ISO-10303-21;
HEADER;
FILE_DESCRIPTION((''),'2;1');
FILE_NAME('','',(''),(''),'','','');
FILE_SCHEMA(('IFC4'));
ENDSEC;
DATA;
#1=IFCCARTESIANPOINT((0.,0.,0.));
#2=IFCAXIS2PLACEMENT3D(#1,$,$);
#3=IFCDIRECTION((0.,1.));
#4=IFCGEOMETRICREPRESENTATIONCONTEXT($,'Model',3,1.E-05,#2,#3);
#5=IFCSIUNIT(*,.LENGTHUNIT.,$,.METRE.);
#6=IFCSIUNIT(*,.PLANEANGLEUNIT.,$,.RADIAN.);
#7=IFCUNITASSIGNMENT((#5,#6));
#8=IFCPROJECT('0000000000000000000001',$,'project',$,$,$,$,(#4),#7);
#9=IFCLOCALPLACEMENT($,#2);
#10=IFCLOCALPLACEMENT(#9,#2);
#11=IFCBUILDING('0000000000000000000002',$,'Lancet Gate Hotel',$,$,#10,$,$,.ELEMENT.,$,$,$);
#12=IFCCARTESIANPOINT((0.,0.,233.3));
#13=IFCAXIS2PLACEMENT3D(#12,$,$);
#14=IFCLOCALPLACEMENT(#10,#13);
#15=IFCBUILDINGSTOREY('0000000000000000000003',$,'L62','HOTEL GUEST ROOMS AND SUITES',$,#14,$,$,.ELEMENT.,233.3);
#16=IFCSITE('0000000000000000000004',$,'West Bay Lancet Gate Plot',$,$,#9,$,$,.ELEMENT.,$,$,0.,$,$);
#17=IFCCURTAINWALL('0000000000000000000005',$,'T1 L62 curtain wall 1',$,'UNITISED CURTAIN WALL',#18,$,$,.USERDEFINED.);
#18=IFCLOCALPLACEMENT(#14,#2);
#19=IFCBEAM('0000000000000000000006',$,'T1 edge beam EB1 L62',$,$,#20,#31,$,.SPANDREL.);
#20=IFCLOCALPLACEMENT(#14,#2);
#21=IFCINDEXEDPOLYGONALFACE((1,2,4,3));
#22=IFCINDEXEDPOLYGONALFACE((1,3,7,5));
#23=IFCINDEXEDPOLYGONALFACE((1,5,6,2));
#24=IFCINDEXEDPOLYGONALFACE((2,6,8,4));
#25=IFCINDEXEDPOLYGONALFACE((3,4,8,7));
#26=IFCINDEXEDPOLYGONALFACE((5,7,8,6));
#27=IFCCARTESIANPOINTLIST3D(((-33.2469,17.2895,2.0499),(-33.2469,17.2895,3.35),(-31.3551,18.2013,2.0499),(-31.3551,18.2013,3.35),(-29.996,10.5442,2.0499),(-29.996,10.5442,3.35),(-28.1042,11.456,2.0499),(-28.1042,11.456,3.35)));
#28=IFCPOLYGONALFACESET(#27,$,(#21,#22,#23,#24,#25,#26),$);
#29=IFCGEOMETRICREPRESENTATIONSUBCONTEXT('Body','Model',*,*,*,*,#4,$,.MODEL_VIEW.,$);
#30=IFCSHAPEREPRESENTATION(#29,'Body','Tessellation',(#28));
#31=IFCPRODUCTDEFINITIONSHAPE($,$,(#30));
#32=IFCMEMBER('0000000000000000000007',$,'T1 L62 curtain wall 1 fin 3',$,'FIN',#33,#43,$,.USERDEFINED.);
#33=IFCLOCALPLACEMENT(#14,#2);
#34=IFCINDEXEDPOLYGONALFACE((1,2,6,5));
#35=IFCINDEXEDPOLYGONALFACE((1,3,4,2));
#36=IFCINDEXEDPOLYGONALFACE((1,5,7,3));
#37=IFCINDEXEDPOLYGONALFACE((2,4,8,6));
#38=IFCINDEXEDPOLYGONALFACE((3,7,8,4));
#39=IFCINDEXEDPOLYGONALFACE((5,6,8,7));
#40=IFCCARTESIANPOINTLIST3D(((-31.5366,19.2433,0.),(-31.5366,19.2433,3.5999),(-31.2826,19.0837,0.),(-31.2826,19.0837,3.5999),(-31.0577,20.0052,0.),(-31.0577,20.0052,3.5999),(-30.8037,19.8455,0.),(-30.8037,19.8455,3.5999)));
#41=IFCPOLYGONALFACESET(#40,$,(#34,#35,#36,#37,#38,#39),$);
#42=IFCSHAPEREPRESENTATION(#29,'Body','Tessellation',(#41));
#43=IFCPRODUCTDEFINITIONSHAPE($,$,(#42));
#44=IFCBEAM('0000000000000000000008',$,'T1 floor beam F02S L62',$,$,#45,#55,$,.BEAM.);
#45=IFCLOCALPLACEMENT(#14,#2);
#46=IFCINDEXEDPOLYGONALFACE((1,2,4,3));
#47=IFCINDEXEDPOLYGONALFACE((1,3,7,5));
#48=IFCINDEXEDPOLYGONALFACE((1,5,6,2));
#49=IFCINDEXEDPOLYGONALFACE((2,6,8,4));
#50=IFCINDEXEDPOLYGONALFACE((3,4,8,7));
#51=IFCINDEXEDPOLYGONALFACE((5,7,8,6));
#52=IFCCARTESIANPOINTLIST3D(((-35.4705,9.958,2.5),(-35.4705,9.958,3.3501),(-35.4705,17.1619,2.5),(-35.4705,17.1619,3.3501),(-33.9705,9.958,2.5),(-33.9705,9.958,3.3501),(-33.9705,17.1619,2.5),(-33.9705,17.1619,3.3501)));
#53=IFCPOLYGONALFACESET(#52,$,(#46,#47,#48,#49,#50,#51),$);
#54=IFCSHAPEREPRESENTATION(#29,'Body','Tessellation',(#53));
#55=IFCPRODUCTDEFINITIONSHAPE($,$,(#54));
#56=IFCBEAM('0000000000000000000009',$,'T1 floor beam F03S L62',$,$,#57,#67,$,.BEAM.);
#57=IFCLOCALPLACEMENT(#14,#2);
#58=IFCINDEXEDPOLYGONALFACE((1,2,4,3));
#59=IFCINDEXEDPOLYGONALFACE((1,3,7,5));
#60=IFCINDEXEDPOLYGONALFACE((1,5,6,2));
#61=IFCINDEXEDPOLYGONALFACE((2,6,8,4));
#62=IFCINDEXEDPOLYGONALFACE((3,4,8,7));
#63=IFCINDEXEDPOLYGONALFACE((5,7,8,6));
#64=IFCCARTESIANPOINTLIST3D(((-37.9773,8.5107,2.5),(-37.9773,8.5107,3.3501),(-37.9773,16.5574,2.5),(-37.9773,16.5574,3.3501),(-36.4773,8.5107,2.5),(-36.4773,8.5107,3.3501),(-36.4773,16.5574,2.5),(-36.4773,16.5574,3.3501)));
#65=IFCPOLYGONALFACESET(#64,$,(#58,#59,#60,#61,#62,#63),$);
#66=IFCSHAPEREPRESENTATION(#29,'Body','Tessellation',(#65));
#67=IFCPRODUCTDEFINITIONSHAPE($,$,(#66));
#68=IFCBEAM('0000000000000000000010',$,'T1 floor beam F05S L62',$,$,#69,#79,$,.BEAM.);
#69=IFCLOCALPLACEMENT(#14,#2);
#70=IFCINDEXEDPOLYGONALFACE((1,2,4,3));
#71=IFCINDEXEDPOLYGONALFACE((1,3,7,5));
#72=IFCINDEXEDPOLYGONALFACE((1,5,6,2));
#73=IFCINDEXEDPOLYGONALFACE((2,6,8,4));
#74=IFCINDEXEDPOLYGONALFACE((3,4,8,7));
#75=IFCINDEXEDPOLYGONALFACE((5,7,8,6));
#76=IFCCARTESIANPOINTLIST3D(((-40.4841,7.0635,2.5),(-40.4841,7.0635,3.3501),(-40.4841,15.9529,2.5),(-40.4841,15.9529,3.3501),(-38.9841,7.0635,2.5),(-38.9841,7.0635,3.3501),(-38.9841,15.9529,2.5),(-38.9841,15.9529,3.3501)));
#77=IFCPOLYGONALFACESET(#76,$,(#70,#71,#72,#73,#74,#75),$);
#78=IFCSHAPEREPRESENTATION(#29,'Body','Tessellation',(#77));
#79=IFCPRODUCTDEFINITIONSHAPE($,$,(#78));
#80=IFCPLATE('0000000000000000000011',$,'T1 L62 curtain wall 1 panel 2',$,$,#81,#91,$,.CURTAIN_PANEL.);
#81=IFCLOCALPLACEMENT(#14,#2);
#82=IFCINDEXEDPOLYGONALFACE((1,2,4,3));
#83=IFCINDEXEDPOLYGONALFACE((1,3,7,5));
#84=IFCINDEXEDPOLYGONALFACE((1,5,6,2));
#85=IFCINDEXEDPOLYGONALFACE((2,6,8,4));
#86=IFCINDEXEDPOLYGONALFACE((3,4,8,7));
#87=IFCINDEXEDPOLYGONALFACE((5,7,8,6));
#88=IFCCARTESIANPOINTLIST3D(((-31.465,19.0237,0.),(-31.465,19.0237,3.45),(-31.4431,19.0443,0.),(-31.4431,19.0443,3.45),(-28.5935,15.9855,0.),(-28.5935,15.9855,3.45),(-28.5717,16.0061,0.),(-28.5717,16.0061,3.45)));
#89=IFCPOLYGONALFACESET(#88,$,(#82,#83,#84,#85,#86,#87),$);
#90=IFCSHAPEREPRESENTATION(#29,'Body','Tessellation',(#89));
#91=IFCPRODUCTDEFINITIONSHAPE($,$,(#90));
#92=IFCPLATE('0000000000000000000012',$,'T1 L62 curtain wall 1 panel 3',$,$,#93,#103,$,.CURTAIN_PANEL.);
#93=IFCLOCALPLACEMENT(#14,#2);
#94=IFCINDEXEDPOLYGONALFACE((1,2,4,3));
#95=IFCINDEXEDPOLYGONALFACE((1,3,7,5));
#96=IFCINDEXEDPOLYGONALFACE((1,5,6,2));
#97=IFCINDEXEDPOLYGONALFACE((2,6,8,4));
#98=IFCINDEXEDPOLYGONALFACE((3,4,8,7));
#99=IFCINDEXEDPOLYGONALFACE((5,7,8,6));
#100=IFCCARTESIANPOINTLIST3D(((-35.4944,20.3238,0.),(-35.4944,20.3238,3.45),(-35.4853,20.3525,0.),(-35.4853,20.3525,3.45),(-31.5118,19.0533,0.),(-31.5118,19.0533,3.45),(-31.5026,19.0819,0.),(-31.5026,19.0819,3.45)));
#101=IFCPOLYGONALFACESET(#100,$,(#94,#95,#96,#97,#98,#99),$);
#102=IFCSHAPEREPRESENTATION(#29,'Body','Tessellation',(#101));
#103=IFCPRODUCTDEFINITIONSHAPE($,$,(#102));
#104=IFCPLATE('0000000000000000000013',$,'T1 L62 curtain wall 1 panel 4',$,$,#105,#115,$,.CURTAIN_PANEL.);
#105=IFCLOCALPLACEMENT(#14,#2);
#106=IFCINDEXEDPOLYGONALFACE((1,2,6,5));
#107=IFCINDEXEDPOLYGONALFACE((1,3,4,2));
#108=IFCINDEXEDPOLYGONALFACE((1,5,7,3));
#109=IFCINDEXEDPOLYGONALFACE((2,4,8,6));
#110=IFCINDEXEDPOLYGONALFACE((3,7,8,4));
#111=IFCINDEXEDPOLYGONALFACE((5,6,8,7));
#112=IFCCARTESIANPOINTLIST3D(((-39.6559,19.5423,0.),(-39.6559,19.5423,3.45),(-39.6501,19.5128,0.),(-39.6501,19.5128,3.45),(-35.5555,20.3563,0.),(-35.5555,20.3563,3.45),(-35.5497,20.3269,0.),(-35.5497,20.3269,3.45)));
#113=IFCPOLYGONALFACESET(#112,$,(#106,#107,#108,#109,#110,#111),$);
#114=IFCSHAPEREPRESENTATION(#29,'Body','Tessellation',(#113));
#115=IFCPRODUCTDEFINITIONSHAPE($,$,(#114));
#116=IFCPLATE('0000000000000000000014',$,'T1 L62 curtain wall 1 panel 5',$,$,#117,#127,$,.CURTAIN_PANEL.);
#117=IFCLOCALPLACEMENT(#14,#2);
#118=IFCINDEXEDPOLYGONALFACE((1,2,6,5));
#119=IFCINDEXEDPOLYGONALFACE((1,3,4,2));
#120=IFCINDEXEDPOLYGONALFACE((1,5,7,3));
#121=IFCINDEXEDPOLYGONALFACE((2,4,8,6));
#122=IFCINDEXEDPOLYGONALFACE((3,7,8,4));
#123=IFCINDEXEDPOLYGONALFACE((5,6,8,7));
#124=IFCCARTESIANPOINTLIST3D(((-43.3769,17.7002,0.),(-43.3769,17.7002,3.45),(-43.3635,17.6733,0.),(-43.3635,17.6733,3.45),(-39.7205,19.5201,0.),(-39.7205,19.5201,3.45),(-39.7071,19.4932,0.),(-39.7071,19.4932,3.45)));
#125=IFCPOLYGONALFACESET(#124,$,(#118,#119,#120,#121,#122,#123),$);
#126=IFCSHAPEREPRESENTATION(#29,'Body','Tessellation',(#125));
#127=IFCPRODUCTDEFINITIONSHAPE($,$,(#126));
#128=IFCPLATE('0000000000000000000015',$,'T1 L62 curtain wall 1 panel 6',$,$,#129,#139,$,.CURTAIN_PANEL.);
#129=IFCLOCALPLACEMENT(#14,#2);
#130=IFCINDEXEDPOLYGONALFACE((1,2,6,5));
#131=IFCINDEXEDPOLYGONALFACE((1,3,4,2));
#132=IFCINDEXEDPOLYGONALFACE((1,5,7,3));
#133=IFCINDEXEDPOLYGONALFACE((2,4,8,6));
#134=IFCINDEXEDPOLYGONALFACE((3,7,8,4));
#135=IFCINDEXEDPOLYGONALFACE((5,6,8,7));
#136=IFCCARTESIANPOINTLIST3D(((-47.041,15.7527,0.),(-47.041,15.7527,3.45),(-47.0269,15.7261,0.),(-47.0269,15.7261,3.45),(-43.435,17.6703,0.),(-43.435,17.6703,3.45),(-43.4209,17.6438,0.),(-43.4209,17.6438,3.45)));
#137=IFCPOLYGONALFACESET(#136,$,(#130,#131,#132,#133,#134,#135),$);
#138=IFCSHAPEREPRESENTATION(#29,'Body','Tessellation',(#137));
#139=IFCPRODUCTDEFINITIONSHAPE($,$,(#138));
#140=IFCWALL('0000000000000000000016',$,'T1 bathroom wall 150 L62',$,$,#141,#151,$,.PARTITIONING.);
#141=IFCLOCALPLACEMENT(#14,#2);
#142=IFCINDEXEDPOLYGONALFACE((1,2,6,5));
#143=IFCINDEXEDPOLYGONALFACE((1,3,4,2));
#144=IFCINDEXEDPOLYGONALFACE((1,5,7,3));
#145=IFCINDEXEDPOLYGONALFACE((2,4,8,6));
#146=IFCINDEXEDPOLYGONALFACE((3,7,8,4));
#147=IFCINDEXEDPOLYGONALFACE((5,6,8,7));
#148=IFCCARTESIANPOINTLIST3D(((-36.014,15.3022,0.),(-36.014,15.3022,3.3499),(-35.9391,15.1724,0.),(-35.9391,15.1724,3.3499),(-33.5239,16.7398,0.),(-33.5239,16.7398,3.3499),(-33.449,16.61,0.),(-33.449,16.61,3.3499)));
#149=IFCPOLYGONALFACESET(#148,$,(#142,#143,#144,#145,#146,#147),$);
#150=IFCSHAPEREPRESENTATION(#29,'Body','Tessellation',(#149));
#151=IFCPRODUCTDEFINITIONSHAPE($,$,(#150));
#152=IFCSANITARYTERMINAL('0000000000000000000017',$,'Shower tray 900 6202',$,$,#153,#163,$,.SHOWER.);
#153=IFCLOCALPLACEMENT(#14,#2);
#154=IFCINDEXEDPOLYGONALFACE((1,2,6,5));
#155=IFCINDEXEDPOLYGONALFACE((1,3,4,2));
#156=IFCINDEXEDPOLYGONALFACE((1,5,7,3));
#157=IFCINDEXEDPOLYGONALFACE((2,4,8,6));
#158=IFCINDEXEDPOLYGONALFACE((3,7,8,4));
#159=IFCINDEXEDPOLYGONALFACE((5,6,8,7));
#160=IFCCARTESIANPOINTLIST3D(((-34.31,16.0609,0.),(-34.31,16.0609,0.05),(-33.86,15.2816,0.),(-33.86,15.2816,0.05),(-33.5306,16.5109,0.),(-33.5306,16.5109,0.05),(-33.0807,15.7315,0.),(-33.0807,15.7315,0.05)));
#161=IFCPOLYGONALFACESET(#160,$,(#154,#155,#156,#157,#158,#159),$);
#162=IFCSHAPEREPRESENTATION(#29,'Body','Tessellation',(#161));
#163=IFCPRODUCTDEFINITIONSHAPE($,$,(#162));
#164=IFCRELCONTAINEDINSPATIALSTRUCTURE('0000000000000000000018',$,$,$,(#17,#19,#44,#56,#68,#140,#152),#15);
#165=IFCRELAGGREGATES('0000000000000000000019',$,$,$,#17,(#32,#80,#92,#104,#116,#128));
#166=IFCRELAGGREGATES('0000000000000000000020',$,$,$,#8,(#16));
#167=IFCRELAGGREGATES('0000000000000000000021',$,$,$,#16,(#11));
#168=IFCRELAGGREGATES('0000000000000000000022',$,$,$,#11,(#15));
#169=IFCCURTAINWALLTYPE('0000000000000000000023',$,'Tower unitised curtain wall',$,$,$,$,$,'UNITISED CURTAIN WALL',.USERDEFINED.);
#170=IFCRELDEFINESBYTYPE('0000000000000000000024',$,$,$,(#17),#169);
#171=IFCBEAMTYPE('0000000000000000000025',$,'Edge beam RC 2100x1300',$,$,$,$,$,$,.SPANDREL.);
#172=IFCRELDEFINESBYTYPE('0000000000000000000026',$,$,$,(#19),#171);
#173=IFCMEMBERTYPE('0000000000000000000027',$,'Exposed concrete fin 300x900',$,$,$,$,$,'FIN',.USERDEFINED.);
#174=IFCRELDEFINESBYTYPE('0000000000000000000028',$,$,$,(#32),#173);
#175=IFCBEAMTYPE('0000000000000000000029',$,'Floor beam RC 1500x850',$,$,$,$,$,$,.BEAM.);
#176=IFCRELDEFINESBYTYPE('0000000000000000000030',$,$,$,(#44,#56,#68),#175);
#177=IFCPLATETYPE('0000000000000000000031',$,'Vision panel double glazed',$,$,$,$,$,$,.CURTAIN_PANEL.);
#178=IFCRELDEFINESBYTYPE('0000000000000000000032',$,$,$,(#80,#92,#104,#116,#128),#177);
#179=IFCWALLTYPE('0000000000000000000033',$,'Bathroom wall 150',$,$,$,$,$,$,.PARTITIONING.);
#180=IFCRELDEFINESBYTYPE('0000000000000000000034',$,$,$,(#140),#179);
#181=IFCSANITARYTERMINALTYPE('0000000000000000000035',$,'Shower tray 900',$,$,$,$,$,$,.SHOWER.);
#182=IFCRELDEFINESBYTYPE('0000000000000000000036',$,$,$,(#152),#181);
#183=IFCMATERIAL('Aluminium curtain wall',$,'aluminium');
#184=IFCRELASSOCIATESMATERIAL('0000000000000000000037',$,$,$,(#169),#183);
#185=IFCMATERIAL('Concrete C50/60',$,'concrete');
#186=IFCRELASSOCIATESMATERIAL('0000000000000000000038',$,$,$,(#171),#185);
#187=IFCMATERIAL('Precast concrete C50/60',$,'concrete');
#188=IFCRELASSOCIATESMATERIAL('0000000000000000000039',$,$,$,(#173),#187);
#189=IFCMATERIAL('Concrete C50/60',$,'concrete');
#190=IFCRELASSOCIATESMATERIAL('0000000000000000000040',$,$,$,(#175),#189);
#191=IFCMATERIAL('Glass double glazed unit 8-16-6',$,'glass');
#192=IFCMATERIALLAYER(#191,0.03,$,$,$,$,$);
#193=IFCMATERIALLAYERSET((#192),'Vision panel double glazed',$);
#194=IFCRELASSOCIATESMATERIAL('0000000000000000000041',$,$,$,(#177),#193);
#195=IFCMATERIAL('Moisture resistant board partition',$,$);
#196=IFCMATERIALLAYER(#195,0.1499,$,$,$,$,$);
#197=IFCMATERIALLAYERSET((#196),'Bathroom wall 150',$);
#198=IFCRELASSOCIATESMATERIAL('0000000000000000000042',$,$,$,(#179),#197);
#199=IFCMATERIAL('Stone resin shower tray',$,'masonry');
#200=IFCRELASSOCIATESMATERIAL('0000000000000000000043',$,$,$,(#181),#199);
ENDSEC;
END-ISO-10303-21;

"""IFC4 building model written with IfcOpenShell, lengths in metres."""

from ifc_helpers import new_model, si_unit, direction, frame, frame_2d, origin, origin_2d, place, context, subcontext, project, spatial, rectangle, extrude, material, layer, layer_set, material_profile, profile_set, type_object, element, aggregate, save


model = new_model("IFC4")

# Units and contexts
model_context = context("Model", 3, precision=1e-05, world=origin(), true_north=direction((0.0, 1.0)))
body_context = subcontext(model_context, "Body", "Model", "MODEL_VIEW")
ifc_project = project(units=[si_unit("LENGTHUNIT", "METRE"), si_unit("PLANEANGLEUNIT", "RADIAN")], contexts=[model_context])

# Site, building, storey
site_placement = place(None, origin())
site = spatial("IfcSite", under=ifc_project, at=site_placement, Name="West Bay Lancet Gate Plot", CompositionType="ELEMENT", RefElevation=0.0)
building_placement = place(site_placement, origin())
building = spatial("IfcBuilding", under=site, at=building_placement, Name="Lancet Gate Hotel", CompositionType="ELEMENT")
storey_placement = place(building_placement, frame((0.0, 0.0, 233.3)))
storey = spatial("IfcBuildingStorey", under=building, at=storey_placement, Name="L62", Description="HOTEL GUEST ROOMS AND SUITES", CompositionType="ELEMENT", Elevation=233.3)

# Curtain wall
ifc_material_1 = material(Name="Aluminium curtain wall", Category="aluminium")
curtain_wall_type = type_object("IfcCurtainWallType", Name="Tower unitised curtain wall", ElementType="UNITISED CURTAIN WALL", PredefinedType="USERDEFINED", material=ifc_material_1)
curtain_wall_placement = place(storey_placement, origin())
curtain_wall = element("IfcCurtainWall", 1, at=curtain_wall_placement, inside=storey, type_object=curtain_wall_type, Name="T1 L62 curtain wall 1", ObjectType="UNITISED CURTAIN WALL", PredefinedType="USERDEFINED")

# Beam
ifc_material_2 = material(Name="Concrete C50/60", Category="concrete")
ifc_material_profile_1 = material_profile(ifc_material_2, rectangle(XDim=2.1001, YDim=1.3, at=origin_2d()), Name="RC 2100x1300")
ifc_profile_set_1 = profile_set([ifc_material_profile_1], Name="Concrete C50/60")
beam_type_1 = type_object("IfcBeamType", Name="Edge beam RC 2100x1300", PredefinedType="SPANDREL", material=ifc_profile_set_1)
beam_1_placement = place(storey_placement, frame((-32.301, 17.7454, 2.7), z_axis=(0.434164, -0.900834, 0.0), x_axis=(0.900834, 0.434164, 0.0)))
element("IfcBeam", 2, at=beam_1_placement, inside=storey, type_object=beam_type_1, Name="T1 edge beam EB1 L62", PredefinedType="SPANDREL", context=body_context, shape_type="SweptSolid", body=[
    extrude(rectangle(XDim=2.1001, YDim=1.3, at=origin_2d()), origin(), (0.0, 0.0, 1.0), 7.4878),
])

# Member
ifc_material_3 = material(Name="Precast concrete C50/60", Category="concrete")
ifc_material_profile_2 = material_profile(ifc_material_3, rectangle(XDim=0.3, YDim=0.8999, at=origin_2d()), Name="FIN 300x900")
ifc_profile_set_2 = profile_set([ifc_material_profile_2], Name="Precast concrete C50/60")
member_type_1 = type_object("IfcMemberType", Name="Exposed concrete fin 300x900", ElementType="FIN", PredefinedType="USERDEFINED", material=ifc_profile_set_2)
member_1_placement = place(storey_placement, frame((-31.1702, 19.5444, 0.0), z_axis=(0.0, 0.0, 1.0), x_axis=(-0.846613, 0.532209, 0.0)))
member_1 = element("IfcMember", 3, at=member_1_placement, type_object=member_type_1, Name="T1 L62 curtain wall 1 fin 3", ObjectType="FIN", PredefinedType="USERDEFINED", context=body_context, shape_type="SweptSolid", body=[
    extrude(rectangle(XDim=0.3, YDim=0.8999, at=origin_2d()), origin(), (0.0, 0.0, 1.0), 3.5999),
])

# Beams
ifc_material_4 = material(Name="Concrete C50/60", Category="concrete")
ifc_material_profile_3 = material_profile(ifc_material_4, rectangle(XDim=1.5, YDim=0.8501, at=origin_2d()), Name="RC 1500x850")
ifc_profile_set_3 = profile_set([ifc_material_profile_3], Name="Concrete C50/60")
beam_type_2 = type_object("IfcBeamType", Name="Floor beam RC 1500x850", PredefinedType="BEAM", material=ifc_profile_set_3)
beam_2_placement = place(storey_placement, frame((-34.7205, 17.1619, 2.925), z_axis=(0.0, -1.0, 0.0), x_axis=(1.0, 0.0, 0.0)))
element("IfcBeam", 4, at=beam_2_placement, inside=storey, type_object=beam_type_2, Name="T1 floor beam F02S L62", PredefinedType="BEAM", context=body_context, shape_type="SweptSolid", body=[
    extrude(rectangle(XDim=1.5, YDim=0.8501, at=origin_2d()), origin(), (0.0, 0.0, 1.0), 7.2039),
])
beam_3_placement = place(storey_placement, frame((-37.2273, 16.5574, 2.925), z_axis=(0.0, -1.0, 0.0), x_axis=(1.0, 0.0, 0.0)))
element("IfcBeam", 5, at=beam_3_placement, inside=storey, type_object=beam_type_2, Name="T1 floor beam F03S L62", PredefinedType="BEAM", context=body_context, shape_type="SweptSolid", body=[
    extrude(rectangle(XDim=1.5, YDim=0.8501, at=origin_2d()), origin(), (0.0, 0.0, 1.0), 8.0466),
])
beam_4_placement = place(storey_placement, frame((-39.7341, 15.9529, 2.925), z_axis=(0.0, -1.0, 0.0), x_axis=(1.0, 0.0, 0.0)))
element("IfcBeam", 6, at=beam_4_placement, inside=storey, type_object=beam_type_2, Name="T1 floor beam F05S L62", PredefinedType="BEAM", context=body_context, shape_type="SweptSolid", body=[
    extrude(rectangle(XDim=1.5, YDim=0.8501, at=origin_2d()), origin(), (0.0, 0.0, 1.0), 8.8894),
])

# Plates
ifc_material_5 = material(Name="Glass double glazed unit 8-16-6", Category="glass")
ifc_layer_1 = layer(ifc_material_5, 0.03)
ifc_layer_set_1 = layer_set([ifc_layer_1], Name="Vision panel double glazed")
plate_type = type_object("IfcPlateType", Name="Vision panel double glazed", PredefinedType="CURTAIN_PANEL", material=ifc_layer_set_1)
plate_1_placement = place(storey_placement, frame((-30.0183, 17.5149, 0.0), z_axis=(0.0, 0.0, 1.0), x_axis=(-0.686883, 0.726768, 0.0)))
plate_1 = element("IfcPlate", 7, at=plate_1_placement, type_object=plate_type, Name="T1 L62 curtain wall 1 panel 2", PredefinedType="CURTAIN_PANEL", context=body_context, shape_type="SweptSolid", body=[
    extrude(rectangle(XDim=4.1804, YDim=0.03, at=origin_2d()), origin(), (0.0, 0.0, 1.0), 3.45),
])
plate_2_placement = place(storey_placement, frame((-33.4985, 19.7029, 0.0), z_axis=(0.0, 0.0, 1.0), x_axis=(-0.952696, 0.303926, 0.0)))
plate_2 = element("IfcPlate", 8, at=plate_2_placement, type_object=plate_type, Name="T1 L62 curtain wall 1 panel 3", PredefinedType="CURTAIN_PANEL", context=body_context, shape_type="SweptSolid", body=[
    extrude(rectangle(XDim=4.1804, YDim=0.03, at=origin_2d()), origin(), (0.0, 0.0, 1.0), 3.45),
])
plate_3_placement = place(storey_placement, frame((-37.6028, 19.9346, 0.0), z_axis=(0.0, 0.0, 1.0), x_axis=(-0.980857, -0.194731, 0.0)))
plate_3 = element("IfcPlate", 9, at=plate_3_placement, type_object=plate_type, Name="T1 L62 curtain wall 1 panel 4", PredefinedType="CURTAIN_PANEL", context=body_context, shape_type="SweptSolid", body=[
    extrude(rectangle(XDim=4.1804, YDim=0.03, at=origin_2d()), origin(), (0.0, 0.0, 1.0), 3.45),
])
plate_4_placement = place(storey_placement, frame((-41.542, 18.5967, 0.0), z_axis=(0.0, 0.0, 1.0), x_axis=(-0.895234, -0.445596, 0.0)))
plate_4 = element("IfcPlate", 10, at=plate_4_placement, type_object=plate_type, Name="T1 L62 curtain wall 1 panel 5", PredefinedType="CURTAIN_PANEL", context=body_context, shape_type="SweptSolid", body=[
    extrude(rectangle(XDim=4.0842, YDim=0.03, at=origin_2d()), origin(), (0.0, 0.0, 1.0), 3.45),
])
plate_5_placement = place(storey_placement, frame((-45.231, 16.6982, 0.0), z_axis=(0.0, 0.0, 1.0), x_axis=(-0.882916, -0.469531, 0.0)))
plate_5 = element("IfcPlate", 11, at=plate_5_placement, type_object=plate_type, Name="T1 L62 curtain wall 1 panel 6", PredefinedType="CURTAIN_PANEL", context=body_context, shape_type="SweptSolid", body=[
    extrude(rectangle(XDim=4.0842, YDim=0.03, at=origin_2d()), origin(), (0.0, 0.0, 1.0), 3.45),
])
aggregate(curtain_wall, [member_1, plate_1, plate_2, plate_3, plate_4, plate_5])

# Wall
ifc_material_6 = material(Name="Moisture resistant board partition")
ifc_layer_2 = layer(ifc_material_6, 0.1499)
ifc_layer_set_2 = layer_set([ifc_layer_2], Name="Bathroom wall 150")
wall_type = type_object("IfcWallType", Name="Bathroom wall 150", PredefinedType="PARTITIONING", material=ifc_layer_set_2)
wall_placement = place(storey_placement, frame((-33.4866, 16.6748, 0.0), z_axis=(0.0, 0.0, 1.0), x_axis=(-0.86604, -0.499975, 0.0)))
element("IfcWall", 12, at=wall_placement, inside=storey, type_object=wall_type, Name="T1 bathroom wall 150 L62", PredefinedType="PARTITIONING", context=body_context, shape_type="SweptSolid", body=[
    extrude(rectangle(XDim=2.8752, YDim=0.1499, at=frame_2d((1.4375, 0.0))), origin(), (0.0, 0.0, 1.0), 3.3499),
])

# Sanitary terminal
ifc_material_7 = material(Name="Stone resin shower tray", Category="masonry")
sanitary_terminal_type = type_object("IfcSanitaryTerminalType", Name="Shower tray 900", PredefinedType="SHOWER", material=ifc_material_7)
sanitary_terminal_placement = place(storey_placement, frame((-33.6953, 15.8962, 0.0), z_axis=(0.0, 0.0, 1.0), x_axis=(0.866025, 0.5, 0.0)))
element("IfcSanitaryTerminal", 13, at=sanitary_terminal_placement, inside=storey, type_object=sanitary_terminal_type, Name="Shower tray 900 6202", PredefinedType="SHOWER", context=body_context, shape_type="SweptSolid", body=[
    extrude(rectangle(XDim=0.8999, YDim=0.8999, at=origin_2d()), origin(), (0.0, 0.0, 1.0), 0.05),
])

save(model, "model.ifc")
